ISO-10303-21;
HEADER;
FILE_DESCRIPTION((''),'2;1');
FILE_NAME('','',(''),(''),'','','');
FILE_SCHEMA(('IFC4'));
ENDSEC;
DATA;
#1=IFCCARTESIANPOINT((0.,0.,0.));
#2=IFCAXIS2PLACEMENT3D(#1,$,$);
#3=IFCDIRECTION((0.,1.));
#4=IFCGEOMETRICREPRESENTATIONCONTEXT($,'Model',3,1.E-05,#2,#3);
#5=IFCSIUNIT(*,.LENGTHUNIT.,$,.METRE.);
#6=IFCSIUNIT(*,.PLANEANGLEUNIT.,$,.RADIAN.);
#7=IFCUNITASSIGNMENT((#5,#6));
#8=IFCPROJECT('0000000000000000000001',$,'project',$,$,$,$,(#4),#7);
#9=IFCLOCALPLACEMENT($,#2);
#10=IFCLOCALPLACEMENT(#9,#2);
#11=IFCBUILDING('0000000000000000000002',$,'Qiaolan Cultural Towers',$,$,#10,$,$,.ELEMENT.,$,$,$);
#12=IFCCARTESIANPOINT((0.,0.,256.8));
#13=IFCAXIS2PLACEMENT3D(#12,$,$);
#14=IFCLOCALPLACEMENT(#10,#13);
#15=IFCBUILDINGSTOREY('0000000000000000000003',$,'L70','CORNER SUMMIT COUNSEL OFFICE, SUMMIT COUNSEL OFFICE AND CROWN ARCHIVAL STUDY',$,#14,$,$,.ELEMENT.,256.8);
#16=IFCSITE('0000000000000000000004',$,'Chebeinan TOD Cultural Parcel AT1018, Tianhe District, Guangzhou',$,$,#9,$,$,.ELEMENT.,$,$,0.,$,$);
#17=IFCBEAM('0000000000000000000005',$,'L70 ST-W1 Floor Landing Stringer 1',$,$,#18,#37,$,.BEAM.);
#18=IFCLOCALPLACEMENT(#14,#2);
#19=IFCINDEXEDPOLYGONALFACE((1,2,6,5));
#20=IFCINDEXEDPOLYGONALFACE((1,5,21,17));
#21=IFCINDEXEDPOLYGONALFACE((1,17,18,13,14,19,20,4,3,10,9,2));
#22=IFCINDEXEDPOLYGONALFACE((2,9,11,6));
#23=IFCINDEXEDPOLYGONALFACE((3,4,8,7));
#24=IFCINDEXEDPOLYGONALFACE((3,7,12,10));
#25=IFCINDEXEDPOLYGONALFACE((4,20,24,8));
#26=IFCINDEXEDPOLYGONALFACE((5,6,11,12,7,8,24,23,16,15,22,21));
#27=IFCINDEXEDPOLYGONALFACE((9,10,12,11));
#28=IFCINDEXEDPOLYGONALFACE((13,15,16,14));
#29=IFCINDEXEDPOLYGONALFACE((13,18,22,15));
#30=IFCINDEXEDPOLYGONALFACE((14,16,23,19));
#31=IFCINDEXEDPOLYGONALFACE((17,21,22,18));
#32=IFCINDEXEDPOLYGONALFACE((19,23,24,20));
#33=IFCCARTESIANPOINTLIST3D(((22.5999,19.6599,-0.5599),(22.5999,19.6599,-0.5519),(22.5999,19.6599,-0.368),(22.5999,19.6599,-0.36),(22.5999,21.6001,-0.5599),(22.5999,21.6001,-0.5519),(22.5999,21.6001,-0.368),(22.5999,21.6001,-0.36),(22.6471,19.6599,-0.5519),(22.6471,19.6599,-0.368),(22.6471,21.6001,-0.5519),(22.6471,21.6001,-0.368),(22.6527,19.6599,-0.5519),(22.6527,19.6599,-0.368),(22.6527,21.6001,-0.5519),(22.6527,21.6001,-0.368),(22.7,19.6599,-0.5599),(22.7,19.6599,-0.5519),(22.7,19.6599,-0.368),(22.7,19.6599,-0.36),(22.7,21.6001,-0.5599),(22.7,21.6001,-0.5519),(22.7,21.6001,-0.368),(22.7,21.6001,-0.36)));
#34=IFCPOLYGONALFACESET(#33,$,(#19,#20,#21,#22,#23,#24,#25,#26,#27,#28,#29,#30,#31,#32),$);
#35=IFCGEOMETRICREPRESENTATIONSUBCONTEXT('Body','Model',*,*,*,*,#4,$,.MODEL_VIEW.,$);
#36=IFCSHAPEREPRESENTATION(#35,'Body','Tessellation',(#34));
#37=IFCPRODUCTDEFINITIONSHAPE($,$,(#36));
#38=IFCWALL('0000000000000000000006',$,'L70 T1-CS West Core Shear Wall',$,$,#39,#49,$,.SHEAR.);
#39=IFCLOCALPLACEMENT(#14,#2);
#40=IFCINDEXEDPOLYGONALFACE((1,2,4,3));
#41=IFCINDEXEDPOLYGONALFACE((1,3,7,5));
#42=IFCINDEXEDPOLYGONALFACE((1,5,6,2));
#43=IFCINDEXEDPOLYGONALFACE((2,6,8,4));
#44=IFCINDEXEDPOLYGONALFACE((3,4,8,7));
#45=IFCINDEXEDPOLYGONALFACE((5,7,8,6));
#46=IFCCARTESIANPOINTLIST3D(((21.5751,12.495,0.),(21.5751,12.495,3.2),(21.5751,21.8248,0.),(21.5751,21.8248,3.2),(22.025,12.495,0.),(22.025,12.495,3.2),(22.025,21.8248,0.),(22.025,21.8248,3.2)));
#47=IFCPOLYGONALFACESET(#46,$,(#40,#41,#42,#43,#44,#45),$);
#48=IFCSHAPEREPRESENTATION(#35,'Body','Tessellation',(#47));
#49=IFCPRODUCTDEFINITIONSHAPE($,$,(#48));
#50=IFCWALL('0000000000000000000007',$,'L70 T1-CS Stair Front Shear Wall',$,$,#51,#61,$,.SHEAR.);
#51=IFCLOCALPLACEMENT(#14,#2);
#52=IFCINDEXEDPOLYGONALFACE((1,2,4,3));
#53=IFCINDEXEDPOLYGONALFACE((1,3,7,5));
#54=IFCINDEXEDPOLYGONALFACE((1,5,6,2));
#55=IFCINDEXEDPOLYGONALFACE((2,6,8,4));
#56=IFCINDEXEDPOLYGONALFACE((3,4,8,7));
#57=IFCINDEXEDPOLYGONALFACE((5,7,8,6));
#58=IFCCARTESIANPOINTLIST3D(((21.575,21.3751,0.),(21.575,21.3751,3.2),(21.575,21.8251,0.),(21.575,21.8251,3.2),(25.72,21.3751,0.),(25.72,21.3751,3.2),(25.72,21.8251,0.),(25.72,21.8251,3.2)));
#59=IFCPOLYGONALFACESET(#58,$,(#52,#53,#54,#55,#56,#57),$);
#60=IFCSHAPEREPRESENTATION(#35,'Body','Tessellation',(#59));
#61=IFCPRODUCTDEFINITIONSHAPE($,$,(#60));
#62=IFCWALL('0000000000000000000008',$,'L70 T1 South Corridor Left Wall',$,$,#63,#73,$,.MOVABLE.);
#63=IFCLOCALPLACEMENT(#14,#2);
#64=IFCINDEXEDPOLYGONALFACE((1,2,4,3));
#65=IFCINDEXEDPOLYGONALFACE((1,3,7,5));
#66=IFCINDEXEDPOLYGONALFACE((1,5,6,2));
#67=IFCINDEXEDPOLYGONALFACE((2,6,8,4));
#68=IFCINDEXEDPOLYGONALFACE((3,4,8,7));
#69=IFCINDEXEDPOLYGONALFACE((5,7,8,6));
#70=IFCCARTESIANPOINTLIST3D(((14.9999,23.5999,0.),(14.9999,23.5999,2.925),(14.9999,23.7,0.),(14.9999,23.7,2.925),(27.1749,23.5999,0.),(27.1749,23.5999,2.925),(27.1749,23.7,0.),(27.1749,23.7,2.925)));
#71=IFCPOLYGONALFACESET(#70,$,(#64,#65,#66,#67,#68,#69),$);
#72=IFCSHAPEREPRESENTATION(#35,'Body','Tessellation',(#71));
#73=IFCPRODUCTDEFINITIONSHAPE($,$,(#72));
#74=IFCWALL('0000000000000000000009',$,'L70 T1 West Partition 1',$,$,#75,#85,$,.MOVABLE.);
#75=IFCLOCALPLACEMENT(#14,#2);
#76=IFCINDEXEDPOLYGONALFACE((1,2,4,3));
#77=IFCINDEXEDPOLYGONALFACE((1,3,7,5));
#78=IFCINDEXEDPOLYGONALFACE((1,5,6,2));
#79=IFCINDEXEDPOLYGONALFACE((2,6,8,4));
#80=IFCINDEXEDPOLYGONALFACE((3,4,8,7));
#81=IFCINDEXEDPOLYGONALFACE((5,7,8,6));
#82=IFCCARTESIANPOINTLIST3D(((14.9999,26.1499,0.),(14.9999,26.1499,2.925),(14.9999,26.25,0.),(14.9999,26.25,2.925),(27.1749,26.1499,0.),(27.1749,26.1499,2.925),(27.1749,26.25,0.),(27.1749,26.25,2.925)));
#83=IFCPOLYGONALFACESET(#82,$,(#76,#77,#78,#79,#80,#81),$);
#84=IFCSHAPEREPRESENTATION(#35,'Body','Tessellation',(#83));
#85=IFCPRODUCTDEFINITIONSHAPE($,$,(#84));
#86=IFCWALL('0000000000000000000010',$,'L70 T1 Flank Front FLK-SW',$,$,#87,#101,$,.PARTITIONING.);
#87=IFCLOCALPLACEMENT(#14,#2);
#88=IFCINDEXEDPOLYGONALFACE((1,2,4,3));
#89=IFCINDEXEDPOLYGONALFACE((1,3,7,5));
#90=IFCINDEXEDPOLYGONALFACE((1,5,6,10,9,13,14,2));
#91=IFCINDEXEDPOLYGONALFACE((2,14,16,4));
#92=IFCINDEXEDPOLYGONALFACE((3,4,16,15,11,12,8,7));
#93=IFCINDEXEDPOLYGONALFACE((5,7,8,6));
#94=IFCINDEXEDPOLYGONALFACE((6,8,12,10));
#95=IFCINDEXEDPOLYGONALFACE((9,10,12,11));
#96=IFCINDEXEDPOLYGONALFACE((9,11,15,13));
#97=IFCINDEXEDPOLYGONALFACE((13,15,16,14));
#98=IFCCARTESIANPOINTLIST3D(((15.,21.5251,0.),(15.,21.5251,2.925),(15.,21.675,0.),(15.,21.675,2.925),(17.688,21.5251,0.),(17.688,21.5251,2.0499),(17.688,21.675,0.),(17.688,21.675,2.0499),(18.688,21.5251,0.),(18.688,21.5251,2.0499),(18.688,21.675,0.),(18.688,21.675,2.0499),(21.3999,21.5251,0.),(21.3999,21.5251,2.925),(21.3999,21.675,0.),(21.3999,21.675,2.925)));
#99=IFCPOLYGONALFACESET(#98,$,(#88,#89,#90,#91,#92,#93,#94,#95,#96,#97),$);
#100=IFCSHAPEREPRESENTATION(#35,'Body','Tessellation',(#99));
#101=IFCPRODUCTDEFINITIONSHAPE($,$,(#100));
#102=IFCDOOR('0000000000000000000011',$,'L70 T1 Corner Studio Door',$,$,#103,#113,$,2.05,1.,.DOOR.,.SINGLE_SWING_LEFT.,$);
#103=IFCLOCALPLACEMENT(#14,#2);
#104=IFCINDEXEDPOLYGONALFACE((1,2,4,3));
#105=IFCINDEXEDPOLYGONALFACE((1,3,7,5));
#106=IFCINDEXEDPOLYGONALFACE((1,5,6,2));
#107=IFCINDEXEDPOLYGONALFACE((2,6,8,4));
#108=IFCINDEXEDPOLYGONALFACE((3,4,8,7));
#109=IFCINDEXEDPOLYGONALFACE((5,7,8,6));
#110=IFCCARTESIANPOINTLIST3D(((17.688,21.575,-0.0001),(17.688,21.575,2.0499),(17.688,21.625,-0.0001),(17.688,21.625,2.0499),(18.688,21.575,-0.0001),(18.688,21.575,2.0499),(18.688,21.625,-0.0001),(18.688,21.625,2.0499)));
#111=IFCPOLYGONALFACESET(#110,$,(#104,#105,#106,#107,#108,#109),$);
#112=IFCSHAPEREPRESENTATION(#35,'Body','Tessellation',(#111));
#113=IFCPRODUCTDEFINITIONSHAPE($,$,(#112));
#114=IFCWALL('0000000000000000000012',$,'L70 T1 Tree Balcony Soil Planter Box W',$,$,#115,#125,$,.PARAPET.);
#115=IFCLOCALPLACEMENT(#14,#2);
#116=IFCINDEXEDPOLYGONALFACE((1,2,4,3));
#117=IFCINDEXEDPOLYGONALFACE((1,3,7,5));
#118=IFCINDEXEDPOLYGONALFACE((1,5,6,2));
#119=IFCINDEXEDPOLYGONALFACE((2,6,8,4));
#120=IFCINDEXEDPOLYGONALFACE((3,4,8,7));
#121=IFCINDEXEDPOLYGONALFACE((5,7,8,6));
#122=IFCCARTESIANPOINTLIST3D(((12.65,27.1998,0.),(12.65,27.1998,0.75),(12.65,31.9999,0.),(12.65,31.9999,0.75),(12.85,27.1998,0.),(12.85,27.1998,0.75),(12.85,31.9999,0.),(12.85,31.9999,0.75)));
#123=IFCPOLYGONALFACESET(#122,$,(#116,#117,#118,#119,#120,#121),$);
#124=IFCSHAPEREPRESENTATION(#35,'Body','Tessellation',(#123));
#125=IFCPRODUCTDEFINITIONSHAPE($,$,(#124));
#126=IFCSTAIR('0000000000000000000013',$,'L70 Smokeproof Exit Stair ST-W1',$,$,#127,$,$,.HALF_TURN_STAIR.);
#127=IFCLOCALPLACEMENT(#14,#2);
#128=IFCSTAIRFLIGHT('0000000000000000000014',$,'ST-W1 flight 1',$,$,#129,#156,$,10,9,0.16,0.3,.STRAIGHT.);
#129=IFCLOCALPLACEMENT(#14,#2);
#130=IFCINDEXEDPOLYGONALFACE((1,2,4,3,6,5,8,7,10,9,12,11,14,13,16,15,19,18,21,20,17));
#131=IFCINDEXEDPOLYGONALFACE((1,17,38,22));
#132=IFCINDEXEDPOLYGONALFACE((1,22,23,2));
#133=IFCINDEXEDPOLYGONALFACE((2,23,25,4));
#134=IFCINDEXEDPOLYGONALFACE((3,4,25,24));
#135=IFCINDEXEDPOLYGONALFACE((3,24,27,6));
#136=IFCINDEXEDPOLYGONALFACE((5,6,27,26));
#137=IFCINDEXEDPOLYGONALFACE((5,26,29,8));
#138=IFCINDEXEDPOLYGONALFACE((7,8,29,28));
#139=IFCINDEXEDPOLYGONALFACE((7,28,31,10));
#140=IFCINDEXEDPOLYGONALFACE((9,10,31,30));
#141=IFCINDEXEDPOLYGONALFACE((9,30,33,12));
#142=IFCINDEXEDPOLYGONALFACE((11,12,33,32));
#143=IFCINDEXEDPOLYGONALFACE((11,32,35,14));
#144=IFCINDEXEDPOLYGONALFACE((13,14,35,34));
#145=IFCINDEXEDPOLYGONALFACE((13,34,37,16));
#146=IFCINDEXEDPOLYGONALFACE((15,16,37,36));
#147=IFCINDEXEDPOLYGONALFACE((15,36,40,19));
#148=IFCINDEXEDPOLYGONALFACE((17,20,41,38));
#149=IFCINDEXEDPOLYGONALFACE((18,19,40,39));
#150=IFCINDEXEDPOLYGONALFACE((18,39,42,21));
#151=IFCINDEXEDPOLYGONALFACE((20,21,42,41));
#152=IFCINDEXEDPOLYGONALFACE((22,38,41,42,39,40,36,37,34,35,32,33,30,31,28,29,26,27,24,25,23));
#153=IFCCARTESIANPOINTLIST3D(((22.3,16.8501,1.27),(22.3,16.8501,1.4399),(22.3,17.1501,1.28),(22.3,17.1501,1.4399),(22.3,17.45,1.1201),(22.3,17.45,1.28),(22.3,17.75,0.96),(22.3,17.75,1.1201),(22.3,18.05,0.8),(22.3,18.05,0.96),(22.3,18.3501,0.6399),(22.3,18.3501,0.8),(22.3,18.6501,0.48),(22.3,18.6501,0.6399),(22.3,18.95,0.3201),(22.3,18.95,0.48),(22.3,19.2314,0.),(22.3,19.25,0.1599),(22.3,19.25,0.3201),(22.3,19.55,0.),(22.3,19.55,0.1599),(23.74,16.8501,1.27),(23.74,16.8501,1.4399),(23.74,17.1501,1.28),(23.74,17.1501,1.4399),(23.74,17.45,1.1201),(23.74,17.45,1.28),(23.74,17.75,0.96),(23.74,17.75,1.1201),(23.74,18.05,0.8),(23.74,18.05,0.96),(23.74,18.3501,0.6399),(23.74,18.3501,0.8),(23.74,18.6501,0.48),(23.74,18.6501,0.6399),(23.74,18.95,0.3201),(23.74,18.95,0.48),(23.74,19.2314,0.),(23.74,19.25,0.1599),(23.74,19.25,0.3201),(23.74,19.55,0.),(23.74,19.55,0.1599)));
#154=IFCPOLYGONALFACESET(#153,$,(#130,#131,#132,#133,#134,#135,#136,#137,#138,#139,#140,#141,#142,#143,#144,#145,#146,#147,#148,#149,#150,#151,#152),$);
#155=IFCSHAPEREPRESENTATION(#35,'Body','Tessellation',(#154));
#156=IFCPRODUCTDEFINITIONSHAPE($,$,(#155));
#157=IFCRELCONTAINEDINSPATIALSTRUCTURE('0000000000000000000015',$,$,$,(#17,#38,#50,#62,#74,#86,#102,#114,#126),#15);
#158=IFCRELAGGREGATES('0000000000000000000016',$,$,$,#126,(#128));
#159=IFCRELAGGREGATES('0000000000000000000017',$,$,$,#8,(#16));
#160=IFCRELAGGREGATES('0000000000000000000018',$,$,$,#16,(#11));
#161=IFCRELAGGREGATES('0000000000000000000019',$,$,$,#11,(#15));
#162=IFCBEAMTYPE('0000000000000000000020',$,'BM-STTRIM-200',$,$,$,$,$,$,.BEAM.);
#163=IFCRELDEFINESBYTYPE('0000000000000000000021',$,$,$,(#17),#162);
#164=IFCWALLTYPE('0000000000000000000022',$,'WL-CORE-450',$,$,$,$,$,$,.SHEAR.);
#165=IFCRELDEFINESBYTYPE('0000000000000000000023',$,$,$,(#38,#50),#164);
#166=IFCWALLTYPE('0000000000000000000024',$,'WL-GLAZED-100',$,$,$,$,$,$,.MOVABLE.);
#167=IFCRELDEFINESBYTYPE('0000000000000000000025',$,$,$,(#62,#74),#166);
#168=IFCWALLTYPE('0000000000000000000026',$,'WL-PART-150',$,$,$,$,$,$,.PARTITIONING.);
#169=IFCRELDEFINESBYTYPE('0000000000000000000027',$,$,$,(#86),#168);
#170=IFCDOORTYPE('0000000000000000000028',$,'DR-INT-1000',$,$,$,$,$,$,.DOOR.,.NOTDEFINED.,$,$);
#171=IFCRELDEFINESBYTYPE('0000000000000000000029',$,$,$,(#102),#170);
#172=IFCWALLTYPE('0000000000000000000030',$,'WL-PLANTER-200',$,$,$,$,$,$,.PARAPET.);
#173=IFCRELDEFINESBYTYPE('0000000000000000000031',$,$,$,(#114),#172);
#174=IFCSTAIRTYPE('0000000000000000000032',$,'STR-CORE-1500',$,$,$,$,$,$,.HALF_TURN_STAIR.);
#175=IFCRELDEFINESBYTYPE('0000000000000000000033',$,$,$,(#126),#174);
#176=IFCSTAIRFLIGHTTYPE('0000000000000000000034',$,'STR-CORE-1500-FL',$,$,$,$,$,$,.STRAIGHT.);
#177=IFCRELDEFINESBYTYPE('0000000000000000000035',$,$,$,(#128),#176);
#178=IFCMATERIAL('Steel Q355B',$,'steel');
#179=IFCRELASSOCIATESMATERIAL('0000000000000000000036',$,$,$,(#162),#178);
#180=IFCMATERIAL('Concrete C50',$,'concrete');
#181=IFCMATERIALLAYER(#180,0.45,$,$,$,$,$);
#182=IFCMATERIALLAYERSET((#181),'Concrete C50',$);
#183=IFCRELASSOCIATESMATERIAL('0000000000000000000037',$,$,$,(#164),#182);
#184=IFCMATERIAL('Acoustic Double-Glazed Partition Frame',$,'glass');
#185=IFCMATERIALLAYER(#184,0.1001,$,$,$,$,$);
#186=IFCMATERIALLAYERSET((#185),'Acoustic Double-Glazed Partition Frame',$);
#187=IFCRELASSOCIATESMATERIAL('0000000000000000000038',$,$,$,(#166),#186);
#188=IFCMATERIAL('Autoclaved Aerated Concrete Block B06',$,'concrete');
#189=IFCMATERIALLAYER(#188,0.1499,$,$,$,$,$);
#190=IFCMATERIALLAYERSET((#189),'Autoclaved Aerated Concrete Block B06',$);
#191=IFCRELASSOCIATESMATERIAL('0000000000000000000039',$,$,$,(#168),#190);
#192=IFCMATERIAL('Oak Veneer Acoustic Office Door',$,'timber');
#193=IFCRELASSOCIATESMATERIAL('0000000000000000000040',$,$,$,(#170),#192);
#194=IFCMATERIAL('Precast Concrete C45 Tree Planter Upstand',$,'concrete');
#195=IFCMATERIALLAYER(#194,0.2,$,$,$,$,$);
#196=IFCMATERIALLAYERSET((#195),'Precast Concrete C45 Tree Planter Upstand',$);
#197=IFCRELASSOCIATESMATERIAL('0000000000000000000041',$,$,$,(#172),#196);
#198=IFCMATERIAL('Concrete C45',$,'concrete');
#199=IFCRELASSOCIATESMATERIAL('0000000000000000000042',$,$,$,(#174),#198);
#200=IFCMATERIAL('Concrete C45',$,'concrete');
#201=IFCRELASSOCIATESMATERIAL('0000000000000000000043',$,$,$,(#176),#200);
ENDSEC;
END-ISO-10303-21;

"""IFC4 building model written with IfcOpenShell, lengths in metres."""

from ifc_helpers import new_model, si_unit, direction, frame, frame_2d, origin, origin_2d, place, context, subcontext, project, spatial, polyline, rectangle, i_section, outline, extrude, material, layer, layer_set, material_profile, profile_set, type_object, element, fill, aggregate, save


model = new_model("IFC4")

# Units and contexts
model_context = context("Model", 3, precision=1e-05, world=origin(), true_north=direction((0.0, 1.0)))
body_context = subcontext(model_context, "Body", "Model", "MODEL_VIEW")
ifc_project = project(units=[si_unit("LENGTHUNIT", "METRE"), si_unit("PLANEANGLEUNIT", "RADIAN")], contexts=[model_context])

# Site, building, storey
site_placement = place(None, origin())
site = spatial("IfcSite", under=ifc_project, at=site_placement, Name="Chebeinan TOD Cultural Parcel AT1018, Tianhe District, Guangzhou", CompositionType="ELEMENT", RefElevation=0.0)
building_placement = place(site_placement, origin())
building = spatial("IfcBuilding", under=site, at=building_placement, Name="Qiaolan Cultural Towers", CompositionType="ELEMENT")
storey_placement = place(building_placement, frame((0.0, 0.0, 256.8)))
storey = spatial("IfcBuildingStorey", under=building, at=storey_placement, Name="L70", Description="CORNER SUMMIT COUNSEL OFFICE, SUMMIT COUNSEL OFFICE AND CROWN ARCHIVAL STUDY", CompositionType="ELEMENT", Elevation=256.8)

# Beam
ifc_material_1 = material(Name="Steel Q355B", Category="steel")
ifc_material_profile_1 = material_profile(ifc_material_1, i_section(OverallWidth=0.1001, OverallDepth=0.2, WebThickness=0.0056, FlangeThickness=0.0081, at=origin_2d()), Name="HN200x100x5.5x8")
ifc_profile_set_1 = profile_set([ifc_material_profile_1], Name="Steel Q355B")
beam_type_1 = type_object("IfcBeamType", Name="BM-STTRIM-200", PredefinedType="BEAM", material=ifc_profile_set_1)
beam_1_placement = place(storey_placement, frame((22.6499, 21.6001, -0.46), z_axis=(0.0, -1.0, 0.0), x_axis=(1.0, 0.0, 0.0)))
element("IfcBeam", 1, at=beam_1_placement, inside=storey, type_object=beam_type_1, Name="L70 ST-W1 Floor Landing Stringer 1", PredefinedType="BEAM", context=body_context, shape_type="SweptSolid", body=[
    extrude(i_section(OverallWidth=0.1001, OverallDepth=0.2, WebThickness=0.0056, FlangeThickness=0.0081, at=origin_2d()), origin(), (0.0, 0.0, 1.0), 1.9402),
])

# Walls
ifc_material_2 = material(Name="Concrete C50", Category="concrete")
ifc_layer_1 = layer(ifc_material_2, 0.45)
ifc_layer_set_1 = layer_set([ifc_layer_1], Name="Concrete C50")
wall_type_1 = type_object("IfcWallType", Name="WL-CORE-450", PredefinedType="SHEAR", material=ifc_layer_set_1)
wall_1_placement = place(storey_placement, frame((21.8, 21.825, 0.0), z_axis=(0.0, 0.0, 1.0), x_axis=(0.0, -1.0, 0.0)))
element("IfcWall", 2, at=wall_1_placement, inside=storey, type_object=wall_type_1, Name="L70 T1-CS West Core Shear Wall", PredefinedType="SHEAR", context=body_context, shape_type="SweptSolid", body=[
    extrude(rectangle(XDim=9.3298, YDim=0.45, at=frame_2d((4.665, 0.0))), origin(), (0.0, 0.0, 1.0), 3.2),
])
wall_2_placement = place(storey_placement, frame((21.575, 21.6001, 0.0), z_axis=(0.0, 0.0, 1.0), x_axis=(1.0, 0.0, 0.0)))
element("IfcWall", 3, at=wall_2_placement, inside=storey, type_object=wall_type_1, Name="L70 T1-CS Stair Front Shear Wall", PredefinedType="SHEAR", context=body_context, shape_type="SweptSolid", body=[
    extrude(rectangle(XDim=4.145, YDim=0.45, at=frame_2d((2.0725, 0.0))), origin(), (0.0, 0.0, 1.0), 3.2),
])
ifc_material_3 = material(Name="Acoustic Double-Glazed Partition Frame", Category="glass")
ifc_layer_2 = layer(ifc_material_3, 0.1001)
ifc_layer_set_2 = layer_set([ifc_layer_2], Name="Acoustic Double-Glazed Partition Frame")
wall_type_2 = type_object("IfcWallType", Name="WL-GLAZED-100", PredefinedType="MOVABLE", material=ifc_layer_set_2)
for number, where, z_axis, x_axis, name in (
    (4, (15.0, 23.6499, 0.0), (0.0, 0.0, 1.0), (1.0, 0.0, 0.0), "L70 T1 South Corridor Left Wall"),
    (5, (15.0, 26.2, 0.0), (0.0, 0.0, 1.0), (1.0, 0.0, 0.0), "L70 T1 West Partition 1"),
):
    element("IfcWall", number, at=place(storey_placement, frame(where, z_axis=z_axis, x_axis=x_axis)), inside=storey, type_object=wall_type_2, Name=name, PredefinedType="MOVABLE", context=body_context, shape_type="SweptSolid", body=[
        extrude(rectangle(XDim=12.175, YDim=0.1001, at=frame_2d((6.0874, 0.0))), origin(), (0.0, 0.0, 1.0), 2.925),
    ])

# Wall, opening, door
ifc_material_4 = material(Name="Autoclaved Aerated Concrete Block B06", Category="concrete")
ifc_layer_3 = layer(ifc_material_4, 0.1499)
ifc_layer_set_3 = layer_set([ifc_layer_3], Name="Autoclaved Aerated Concrete Block B06")
wall_type_3 = type_object("IfcWallType", Name="WL-PART-150", PredefinedType="PARTITIONING", material=ifc_layer_set_3)
wall_3_placement = place(storey_placement, frame((15.0, 21.6001, 0.0), z_axis=(0.0, 0.0, 1.0), x_axis=(1.0, 0.0, 0.0)))
wall_3 = element("IfcWall", 6, at=wall_3_placement, inside=storey, type_object=wall_type_3, Name="L70 T1 Flank Front FLK-SW", PredefinedType="PARTITIONING", context=body_context, shape_type="SweptSolid", body=[
    extrude(rectangle(XDim=6.3999, YDim=0.1499, at=frame_2d((3.2, 0.0))), origin(), (0.0, 0.0, 1.0), 2.925),
])
opening_placement = place(wall_3_placement, frame((2.688, 0.0, 0.0)))
opening = element("IfcOpeningElement", 7, at=opening_placement, cuts=wall_3, PredefinedType="OPENING", context=body_context, shape_type="SweptSolid", body=[
    extrude(rectangle(XDim=1.0, YDim=2.05, at=frame_2d((0.5, 1.0249))), frame((0.0, 0.085, 0.0), z_axis=(0.0, -1.0, 0.0), x_axis=(1.0, 0.0, 0.0)), (0.0, 0.0, 1.0), 0.1699),
])
ifc_material_5 = material(Name="Oak Veneer Acoustic Office Door", Category="timber")
door_type = type_object("IfcDoorType", Name="DR-INT-1000", OperationType="NOTDEFINED", PredefinedType="DOOR", material=ifc_material_5)
door_placement = place(opening_placement, origin())
door = element("IfcDoor", 8, at=door_placement, inside=storey, type_object=door_type, Name="L70 T1 Corner Studio Door", OperationType="SINGLE_SWING_LEFT", OverallHeight=2.05, OverallWidth=1.0, PredefinedType="DOOR", context=body_context, shape_type="SweptSolid", body=[
    extrude(rectangle(XDim=1.0, YDim=2.05, at=frame_2d((0.5, 1.0249))), frame((0.0, 0.0249, 0.0), z_axis=(0.0, -1.0, 0.0), x_axis=(1.0, 0.0, 0.0)), (0.0, 0.0, 1.0), 0.05),
])
fill(opening, door)

# Wall
ifc_material_6 = material(Name="Precast Concrete C45 Tree Planter Upstand", Category="concrete")
ifc_layer_4 = layer(ifc_material_6, 0.2)
ifc_layer_set_4 = layer_set([ifc_layer_4], Name="Precast Concrete C45 Tree Planter Upstand")
wall_type_4 = type_object("IfcWallType", Name="WL-PLANTER-200", PredefinedType="PARAPET", material=ifc_layer_set_4)
wall_4_placement = place(storey_placement, frame((12.75, 27.2, 0.0), z_axis=(0.0, 0.0, 1.0), x_axis=(0.0, 1.0, 0.0)))
element("IfcWall", 9, at=wall_4_placement, inside=storey, type_object=wall_type_4, Name="L70 T1 Tree Balcony Soil Planter Box W", PredefinedType="PARAPET", context=body_context, shape_type="SweptSolid", body=[
    extrude(rectangle(XDim=4.8, YDim=0.2, at=frame_2d((2.3999, 0.0))), origin(), (0.0, 0.0, 1.0), 0.75),
])

# Stair, stair flight
ifc_material_7 = material(Name="Concrete C45", Category="concrete")
stair_type = type_object("IfcStairType", Name="STR-CORE-1500", PredefinedType="HALF_TURN_STAIR", material=ifc_material_7)
stair_placement = place(storey_placement, origin())
stair = element("IfcStair", 10, at=stair_placement, inside=storey, type_object=stair_type, Name="L70 Smokeproof Exit Stair ST-W1", PredefinedType="HALF_TURN_STAIR")
ifc_material_8 = material(Name="Concrete C45", Category="concrete")
stair_flight_type = type_object("IfcStairFlightType", Name="STR-CORE-1500-FL", PredefinedType="STRAIGHT", material=ifc_material_8)
stair_flight_placement = place(storey_placement, frame((23.02, 19.55, 0.0), z_axis=(0.0, 0.0, 1.0), x_axis=(0.0, -1.0, 0.0)))
stair_flight = element("IfcStairFlight", 11, at=stair_flight_placement, type_object=stair_flight_type, Name="ST-W1 flight 1", NumberOfRisers=10, NumberOfTreads=9, PredefinedType="STRAIGHT", RiserHeight=0.16, TreadLength=0.3, context=body_context, shape_type="SweptSolid", body=[
    extrude(outline(polyline([(0.0, 0.0), (0.0, 0.1599), (0.3, 0.1599), (0.3, 0.3201), (0.6001, 0.3201), (0.6001, 0.48), (0.8999, 0.48), (0.8999, 0.6399), (1.2, 0.6399), (1.2, 0.8), (1.5, 0.8), (1.5, 0.96), (1.8, 0.96), (1.8, 1.1201), (2.1001, 1.1201), (2.1001, 1.28), (2.3999, 1.28), (2.3999, 1.4399), (2.7, 1.4399), (2.7, 1.6001), (2.7, 1.27), (0.3186, 0.0), (0.0, 0.0)])), frame((0.0, 0.72, 0.0), z_axis=(0.0, -1.0, 0.0), x_axis=(1.0, 0.0, 0.0)), (0.0, 0.0, 1.0), 1.4399),
])
aggregate(stair, [stair_flight])

save(model, "model.ifc")
